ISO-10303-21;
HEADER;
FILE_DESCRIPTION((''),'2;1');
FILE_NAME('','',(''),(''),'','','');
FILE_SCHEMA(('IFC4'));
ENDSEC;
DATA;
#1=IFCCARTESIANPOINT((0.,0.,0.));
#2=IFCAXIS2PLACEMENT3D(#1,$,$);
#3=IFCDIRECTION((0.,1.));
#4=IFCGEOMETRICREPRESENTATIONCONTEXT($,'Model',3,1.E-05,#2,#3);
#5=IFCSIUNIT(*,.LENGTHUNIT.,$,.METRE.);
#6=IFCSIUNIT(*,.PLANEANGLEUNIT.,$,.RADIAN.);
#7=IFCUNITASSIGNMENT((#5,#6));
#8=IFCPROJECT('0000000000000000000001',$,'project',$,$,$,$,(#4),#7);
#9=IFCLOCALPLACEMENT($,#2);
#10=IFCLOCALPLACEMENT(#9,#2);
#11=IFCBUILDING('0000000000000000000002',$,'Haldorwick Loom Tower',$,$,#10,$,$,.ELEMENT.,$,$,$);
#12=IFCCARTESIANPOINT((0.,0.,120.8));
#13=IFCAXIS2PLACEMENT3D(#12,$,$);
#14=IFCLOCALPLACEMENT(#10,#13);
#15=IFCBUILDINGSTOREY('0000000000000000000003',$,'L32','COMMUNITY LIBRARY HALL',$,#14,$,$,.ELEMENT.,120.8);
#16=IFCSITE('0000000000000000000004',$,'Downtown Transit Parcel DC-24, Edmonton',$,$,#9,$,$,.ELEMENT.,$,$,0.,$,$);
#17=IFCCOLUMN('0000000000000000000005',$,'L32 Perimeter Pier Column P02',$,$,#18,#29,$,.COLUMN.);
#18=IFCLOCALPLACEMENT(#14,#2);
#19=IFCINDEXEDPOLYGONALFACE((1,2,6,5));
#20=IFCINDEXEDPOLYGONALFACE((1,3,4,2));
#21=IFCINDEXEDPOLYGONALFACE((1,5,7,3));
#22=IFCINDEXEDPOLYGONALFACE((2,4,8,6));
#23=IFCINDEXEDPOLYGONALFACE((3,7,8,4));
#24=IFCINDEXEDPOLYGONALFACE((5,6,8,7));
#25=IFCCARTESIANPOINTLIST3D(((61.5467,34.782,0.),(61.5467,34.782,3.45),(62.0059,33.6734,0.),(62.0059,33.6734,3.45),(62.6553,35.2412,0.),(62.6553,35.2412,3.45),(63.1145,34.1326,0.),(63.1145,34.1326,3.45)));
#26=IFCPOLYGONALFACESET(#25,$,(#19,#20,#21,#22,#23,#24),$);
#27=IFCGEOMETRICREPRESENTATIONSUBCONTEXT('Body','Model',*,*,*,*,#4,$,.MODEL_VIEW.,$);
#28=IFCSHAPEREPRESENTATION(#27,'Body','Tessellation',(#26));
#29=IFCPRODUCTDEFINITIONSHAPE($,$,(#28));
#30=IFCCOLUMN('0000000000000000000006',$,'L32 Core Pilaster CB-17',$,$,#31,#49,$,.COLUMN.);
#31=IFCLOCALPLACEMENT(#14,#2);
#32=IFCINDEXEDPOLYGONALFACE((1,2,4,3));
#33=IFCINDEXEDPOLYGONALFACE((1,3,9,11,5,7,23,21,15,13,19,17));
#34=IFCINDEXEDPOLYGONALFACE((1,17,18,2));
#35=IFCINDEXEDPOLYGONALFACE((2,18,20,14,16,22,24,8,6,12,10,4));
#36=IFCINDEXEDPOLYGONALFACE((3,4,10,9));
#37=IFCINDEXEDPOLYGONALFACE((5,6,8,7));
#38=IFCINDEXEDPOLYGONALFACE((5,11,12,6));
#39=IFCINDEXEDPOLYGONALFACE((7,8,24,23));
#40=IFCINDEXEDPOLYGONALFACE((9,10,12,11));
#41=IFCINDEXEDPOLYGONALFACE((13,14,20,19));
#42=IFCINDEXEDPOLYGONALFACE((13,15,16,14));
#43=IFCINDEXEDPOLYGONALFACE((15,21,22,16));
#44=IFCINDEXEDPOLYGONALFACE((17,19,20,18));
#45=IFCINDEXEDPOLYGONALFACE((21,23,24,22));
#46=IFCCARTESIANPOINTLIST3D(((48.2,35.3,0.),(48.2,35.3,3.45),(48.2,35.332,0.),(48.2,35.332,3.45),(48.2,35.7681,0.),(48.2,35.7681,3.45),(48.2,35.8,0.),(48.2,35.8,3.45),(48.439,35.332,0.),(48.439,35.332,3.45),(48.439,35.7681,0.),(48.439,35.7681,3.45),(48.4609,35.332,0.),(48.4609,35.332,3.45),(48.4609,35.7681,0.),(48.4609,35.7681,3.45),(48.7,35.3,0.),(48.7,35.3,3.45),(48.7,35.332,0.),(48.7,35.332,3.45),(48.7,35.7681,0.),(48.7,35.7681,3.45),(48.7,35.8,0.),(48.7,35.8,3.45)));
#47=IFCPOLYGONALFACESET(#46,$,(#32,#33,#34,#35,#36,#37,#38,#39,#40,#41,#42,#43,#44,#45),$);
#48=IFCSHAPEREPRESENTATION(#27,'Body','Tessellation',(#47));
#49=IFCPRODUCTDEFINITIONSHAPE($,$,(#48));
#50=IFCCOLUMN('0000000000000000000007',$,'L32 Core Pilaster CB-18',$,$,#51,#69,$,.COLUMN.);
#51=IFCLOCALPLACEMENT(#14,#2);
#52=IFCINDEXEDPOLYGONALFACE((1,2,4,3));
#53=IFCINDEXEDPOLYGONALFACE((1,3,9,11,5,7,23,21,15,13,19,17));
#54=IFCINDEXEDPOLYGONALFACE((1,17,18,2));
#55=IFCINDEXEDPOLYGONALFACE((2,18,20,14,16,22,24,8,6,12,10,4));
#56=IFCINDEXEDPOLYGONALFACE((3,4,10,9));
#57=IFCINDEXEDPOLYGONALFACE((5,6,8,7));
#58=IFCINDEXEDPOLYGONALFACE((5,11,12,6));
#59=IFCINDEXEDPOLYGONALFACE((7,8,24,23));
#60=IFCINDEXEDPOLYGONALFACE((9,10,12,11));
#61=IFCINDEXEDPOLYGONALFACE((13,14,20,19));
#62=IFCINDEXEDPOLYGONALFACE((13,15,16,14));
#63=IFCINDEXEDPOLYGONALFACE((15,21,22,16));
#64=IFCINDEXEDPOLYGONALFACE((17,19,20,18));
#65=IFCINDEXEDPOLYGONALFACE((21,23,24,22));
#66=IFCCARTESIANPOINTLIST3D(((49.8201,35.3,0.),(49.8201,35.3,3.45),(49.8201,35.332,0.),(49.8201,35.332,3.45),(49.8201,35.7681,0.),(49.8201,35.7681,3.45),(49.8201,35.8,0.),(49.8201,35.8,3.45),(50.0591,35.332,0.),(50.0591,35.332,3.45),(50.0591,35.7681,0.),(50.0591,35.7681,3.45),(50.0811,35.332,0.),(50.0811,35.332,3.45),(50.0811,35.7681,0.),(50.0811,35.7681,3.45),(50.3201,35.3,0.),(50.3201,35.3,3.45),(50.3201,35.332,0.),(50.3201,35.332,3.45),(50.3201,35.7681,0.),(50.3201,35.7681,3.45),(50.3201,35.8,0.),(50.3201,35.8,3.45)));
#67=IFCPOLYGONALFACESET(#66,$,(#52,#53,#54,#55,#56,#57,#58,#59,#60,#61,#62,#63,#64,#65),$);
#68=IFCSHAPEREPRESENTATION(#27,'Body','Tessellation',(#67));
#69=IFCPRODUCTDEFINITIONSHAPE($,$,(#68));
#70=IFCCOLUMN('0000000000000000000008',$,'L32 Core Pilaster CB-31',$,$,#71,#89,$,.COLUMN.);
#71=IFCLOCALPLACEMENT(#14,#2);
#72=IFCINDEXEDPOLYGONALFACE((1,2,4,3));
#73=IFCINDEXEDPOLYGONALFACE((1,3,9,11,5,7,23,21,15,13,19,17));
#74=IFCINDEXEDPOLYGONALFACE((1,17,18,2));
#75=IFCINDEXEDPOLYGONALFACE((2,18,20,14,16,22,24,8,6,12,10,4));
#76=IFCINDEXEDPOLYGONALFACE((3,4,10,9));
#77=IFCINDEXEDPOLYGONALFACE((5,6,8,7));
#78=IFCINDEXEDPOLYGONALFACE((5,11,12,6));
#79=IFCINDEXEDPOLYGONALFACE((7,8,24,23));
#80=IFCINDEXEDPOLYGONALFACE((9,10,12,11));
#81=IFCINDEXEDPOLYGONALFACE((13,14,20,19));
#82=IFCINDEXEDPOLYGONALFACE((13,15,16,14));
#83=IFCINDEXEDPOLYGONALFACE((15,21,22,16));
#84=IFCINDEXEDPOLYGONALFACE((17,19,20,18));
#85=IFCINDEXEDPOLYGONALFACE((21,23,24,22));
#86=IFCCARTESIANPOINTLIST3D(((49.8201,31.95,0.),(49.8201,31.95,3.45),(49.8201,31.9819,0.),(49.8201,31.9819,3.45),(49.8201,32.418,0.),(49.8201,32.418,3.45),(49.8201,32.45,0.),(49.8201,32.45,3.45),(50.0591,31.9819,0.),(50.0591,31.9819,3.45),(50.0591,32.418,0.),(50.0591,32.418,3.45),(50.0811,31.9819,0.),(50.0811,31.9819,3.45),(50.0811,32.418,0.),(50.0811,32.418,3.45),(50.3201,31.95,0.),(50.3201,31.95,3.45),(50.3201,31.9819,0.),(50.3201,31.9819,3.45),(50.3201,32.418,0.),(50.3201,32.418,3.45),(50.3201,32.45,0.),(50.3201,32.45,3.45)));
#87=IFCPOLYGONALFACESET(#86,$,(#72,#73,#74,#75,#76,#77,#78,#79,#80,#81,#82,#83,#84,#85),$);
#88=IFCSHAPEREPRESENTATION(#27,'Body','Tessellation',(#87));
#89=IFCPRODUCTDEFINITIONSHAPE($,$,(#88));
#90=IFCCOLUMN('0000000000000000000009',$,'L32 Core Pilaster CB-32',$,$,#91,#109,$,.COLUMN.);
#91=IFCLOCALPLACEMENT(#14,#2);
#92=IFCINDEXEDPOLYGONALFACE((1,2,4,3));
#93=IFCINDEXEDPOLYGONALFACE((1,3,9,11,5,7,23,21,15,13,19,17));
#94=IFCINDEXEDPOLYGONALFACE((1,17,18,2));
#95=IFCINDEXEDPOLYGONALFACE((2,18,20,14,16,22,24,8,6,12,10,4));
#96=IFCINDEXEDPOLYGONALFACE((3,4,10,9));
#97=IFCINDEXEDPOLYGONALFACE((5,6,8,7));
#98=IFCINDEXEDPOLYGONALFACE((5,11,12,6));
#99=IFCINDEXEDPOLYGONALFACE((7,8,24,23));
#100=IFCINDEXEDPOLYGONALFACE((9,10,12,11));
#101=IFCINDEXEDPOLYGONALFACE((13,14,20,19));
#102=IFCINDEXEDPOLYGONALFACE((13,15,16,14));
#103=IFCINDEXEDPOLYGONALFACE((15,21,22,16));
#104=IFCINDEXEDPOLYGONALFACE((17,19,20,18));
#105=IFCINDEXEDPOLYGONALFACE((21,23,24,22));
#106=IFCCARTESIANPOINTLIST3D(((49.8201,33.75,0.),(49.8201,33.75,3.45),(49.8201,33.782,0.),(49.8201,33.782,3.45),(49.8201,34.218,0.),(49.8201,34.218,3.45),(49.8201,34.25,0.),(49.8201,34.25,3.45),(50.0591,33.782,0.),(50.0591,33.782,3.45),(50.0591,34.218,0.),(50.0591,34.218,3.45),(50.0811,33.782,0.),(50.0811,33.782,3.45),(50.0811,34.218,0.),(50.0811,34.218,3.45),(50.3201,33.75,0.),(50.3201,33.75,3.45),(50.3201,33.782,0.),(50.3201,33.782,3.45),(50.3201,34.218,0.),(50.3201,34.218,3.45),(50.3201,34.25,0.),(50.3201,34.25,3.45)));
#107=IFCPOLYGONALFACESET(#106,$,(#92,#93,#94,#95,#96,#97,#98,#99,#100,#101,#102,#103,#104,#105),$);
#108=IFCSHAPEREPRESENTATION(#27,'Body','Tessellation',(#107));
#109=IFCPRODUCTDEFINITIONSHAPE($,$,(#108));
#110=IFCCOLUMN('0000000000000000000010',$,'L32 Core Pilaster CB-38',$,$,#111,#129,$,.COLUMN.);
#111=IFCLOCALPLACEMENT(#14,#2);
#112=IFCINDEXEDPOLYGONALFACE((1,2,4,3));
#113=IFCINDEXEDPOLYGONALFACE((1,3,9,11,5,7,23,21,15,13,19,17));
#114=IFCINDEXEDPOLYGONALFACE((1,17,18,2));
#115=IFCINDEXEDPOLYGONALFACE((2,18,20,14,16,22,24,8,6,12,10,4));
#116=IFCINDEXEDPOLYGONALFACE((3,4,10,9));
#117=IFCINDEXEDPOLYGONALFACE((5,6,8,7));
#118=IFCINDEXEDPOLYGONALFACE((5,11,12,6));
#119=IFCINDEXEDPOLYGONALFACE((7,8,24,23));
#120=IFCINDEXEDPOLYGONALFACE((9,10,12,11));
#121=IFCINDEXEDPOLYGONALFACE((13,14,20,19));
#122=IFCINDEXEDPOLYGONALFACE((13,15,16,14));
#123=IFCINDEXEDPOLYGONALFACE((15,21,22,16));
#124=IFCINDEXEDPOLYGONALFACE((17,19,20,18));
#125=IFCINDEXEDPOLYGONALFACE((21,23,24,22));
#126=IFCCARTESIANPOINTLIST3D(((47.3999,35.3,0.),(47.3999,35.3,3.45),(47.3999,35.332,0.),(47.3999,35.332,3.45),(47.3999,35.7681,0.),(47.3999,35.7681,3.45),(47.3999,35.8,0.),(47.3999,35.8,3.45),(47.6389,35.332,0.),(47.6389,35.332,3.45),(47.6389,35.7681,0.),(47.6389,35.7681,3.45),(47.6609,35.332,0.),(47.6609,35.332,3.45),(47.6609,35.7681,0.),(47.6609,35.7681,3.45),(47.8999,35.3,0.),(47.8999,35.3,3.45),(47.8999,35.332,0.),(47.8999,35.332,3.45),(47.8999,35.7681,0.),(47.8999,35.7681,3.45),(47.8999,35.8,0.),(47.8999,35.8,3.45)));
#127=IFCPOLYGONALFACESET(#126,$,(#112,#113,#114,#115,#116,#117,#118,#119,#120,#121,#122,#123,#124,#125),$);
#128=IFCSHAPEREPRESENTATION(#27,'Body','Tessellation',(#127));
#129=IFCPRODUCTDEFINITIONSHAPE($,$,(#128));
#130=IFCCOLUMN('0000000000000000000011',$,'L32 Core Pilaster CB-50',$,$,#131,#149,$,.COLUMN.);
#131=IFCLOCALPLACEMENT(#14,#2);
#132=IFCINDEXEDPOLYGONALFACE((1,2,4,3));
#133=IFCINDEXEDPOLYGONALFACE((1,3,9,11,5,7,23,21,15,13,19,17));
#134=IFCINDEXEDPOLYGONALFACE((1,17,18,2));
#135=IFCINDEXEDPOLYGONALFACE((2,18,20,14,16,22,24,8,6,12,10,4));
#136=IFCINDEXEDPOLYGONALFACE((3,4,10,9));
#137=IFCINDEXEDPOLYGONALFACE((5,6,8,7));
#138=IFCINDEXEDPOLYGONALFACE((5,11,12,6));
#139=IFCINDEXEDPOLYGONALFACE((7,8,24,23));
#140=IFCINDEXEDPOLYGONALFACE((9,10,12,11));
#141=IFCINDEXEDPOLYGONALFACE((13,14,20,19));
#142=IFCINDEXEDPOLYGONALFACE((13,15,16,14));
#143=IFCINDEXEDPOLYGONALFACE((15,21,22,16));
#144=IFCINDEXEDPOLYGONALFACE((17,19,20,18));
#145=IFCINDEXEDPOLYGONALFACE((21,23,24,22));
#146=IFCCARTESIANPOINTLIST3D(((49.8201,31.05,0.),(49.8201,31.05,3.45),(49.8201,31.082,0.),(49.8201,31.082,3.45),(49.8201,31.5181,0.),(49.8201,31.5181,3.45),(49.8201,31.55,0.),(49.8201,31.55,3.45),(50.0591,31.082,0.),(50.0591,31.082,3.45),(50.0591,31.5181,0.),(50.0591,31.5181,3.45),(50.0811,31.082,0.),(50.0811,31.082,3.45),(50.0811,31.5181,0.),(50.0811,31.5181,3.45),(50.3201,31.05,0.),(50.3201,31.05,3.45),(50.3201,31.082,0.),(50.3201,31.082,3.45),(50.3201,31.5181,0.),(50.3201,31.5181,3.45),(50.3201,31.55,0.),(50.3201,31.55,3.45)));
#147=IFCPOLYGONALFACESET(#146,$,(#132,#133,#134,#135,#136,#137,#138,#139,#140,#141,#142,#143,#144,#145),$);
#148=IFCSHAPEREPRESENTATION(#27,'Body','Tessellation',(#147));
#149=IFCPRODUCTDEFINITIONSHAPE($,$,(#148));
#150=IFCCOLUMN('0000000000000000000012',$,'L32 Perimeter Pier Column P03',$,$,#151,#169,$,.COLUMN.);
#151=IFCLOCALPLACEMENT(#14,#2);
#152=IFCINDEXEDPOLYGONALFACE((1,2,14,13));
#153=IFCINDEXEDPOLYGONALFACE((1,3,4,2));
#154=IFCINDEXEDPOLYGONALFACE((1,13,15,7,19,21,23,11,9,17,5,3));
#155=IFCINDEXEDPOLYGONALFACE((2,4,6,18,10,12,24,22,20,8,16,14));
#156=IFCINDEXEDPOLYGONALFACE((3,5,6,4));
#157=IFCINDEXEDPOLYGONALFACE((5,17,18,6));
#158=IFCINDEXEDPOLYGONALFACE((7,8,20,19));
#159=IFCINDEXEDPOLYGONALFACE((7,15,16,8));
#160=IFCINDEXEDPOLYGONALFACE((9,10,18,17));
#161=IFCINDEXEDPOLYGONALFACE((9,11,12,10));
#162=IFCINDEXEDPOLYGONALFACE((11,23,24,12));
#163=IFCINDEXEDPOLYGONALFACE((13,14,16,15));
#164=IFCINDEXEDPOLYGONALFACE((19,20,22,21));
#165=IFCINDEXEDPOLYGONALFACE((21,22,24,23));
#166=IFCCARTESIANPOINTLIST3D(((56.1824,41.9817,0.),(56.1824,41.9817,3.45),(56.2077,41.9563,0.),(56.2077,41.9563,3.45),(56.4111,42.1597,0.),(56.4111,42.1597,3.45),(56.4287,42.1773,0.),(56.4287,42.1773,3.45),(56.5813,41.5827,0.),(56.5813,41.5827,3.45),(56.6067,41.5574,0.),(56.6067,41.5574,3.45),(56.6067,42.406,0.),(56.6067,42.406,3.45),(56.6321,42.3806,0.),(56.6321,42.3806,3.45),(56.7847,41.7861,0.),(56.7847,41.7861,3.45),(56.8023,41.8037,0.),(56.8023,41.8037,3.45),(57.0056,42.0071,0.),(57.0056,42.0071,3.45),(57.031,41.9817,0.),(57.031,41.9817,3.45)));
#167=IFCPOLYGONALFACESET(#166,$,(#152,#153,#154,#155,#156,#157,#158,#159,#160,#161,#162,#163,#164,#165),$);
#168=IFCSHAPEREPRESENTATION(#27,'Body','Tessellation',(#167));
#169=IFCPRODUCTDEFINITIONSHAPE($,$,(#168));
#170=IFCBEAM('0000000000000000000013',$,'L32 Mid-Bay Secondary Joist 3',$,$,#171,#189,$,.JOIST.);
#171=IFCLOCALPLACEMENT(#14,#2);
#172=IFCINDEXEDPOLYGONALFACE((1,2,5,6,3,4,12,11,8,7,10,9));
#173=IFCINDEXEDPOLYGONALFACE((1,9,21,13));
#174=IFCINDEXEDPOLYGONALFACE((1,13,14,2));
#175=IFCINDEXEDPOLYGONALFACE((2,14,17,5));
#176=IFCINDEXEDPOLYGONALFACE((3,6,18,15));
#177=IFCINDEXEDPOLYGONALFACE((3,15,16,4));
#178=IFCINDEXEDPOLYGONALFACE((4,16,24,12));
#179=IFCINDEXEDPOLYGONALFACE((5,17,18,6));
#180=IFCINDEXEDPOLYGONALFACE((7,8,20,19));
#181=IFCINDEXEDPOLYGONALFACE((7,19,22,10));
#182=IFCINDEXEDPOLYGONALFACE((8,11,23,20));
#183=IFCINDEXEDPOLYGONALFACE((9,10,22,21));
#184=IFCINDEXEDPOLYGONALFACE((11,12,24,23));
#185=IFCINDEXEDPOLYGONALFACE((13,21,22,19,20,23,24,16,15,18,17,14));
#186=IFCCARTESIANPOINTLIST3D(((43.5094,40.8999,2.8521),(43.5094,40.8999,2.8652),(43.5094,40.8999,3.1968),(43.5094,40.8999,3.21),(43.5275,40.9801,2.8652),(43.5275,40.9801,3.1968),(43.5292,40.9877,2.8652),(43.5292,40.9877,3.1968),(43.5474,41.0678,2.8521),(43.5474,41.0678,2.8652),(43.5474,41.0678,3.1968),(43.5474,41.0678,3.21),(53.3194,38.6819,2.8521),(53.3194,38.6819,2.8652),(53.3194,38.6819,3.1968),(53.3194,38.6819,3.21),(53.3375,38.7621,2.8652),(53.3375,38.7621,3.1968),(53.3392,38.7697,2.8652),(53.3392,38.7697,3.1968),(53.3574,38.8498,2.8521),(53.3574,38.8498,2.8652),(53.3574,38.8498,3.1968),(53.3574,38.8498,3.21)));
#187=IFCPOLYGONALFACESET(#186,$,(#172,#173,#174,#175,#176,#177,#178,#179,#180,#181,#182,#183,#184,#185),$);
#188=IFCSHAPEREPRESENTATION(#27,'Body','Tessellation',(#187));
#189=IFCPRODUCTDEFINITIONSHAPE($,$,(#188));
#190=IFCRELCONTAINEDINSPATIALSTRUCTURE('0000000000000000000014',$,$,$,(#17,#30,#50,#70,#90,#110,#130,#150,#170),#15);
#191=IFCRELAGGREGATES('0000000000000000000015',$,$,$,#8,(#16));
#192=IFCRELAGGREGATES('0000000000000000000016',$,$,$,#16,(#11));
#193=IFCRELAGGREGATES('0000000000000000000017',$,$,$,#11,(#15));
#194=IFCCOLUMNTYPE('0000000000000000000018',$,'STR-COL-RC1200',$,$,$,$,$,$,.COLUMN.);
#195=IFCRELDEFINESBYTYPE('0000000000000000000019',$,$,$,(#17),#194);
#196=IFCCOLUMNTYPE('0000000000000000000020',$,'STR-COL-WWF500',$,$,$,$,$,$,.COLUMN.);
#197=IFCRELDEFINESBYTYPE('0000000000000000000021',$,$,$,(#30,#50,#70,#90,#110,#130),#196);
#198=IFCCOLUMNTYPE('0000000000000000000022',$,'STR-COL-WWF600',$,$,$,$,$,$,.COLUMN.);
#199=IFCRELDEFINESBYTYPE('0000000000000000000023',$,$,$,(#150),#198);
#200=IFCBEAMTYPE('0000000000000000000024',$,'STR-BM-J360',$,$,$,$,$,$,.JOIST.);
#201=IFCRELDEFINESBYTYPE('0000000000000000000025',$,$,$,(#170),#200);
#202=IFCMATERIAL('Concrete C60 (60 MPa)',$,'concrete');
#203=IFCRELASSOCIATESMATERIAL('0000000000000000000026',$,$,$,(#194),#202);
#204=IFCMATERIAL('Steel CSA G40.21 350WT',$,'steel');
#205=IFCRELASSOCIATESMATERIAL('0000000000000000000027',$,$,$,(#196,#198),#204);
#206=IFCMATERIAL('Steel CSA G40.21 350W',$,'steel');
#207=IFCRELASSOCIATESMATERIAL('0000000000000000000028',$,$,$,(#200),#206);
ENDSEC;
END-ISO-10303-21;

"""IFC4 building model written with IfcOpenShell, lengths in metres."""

from ifc_helpers import new_model, si_unit, direction, frame, origin, origin_2d, place, context, subcontext, project, spatial, rectangle, i_section, extrude, material, material_profile, profile_set, type_object, element, save


model = new_model("IFC4")

# Units and contexts
model_context = context("Model", 3, precision=1e-05, world=origin(), true_north=direction((0.0, 1.0)))
body_context = subcontext(model_context, "Body", "Model", "MODEL_VIEW")
ifc_project = project(units=[si_unit("LENGTHUNIT", "METRE"), si_unit("PLANEANGLEUNIT", "RADIAN")], contexts=[model_context])

# Site, building, storey
site_placement = place(None, origin())
site = spatial("IfcSite", under=ifc_project, at=site_placement, Name="Downtown Transit Parcel DC-24, Edmonton", CompositionType="ELEMENT", RefElevation=0.0)
building_placement = place(site_placement, origin())
building = spatial("IfcBuilding", under=site, at=building_placement, Name="Haldorwick Loom Tower", CompositionType="ELEMENT")
storey_placement = place(building_placement, frame((0.0, 0.0, 120.8)))
storey = spatial("IfcBuildingStorey", under=building, at=storey_placement, Name="L32", Description="COMMUNITY LIBRARY HALL", CompositionType="ELEMENT", Elevation=120.8)

# Columns
ifc_material_1 = material(Name="Concrete C60 (60 MPa)", Category="concrete")
ifc_material_profile_1 = material_profile(ifc_material_1, rectangle(XDim=1.2, YDim=1.2, at=origin_2d()), Name="RC1200X1200", Category="concrete")
ifc_profile_set_1 = profile_set([ifc_material_profile_1], Name="Concrete C60 (60 MPa)")
column_type_1 = type_object("IfcColumnType", Name="STR-COL-RC1200", PredefinedType="COLUMN", material=ifc_profile_set_1)
column_1_placement = place(storey_placement, frame((62.3306, 34.4573, 0.0), z_axis=(0.0, 0.0, 1.0), x_axis=(0.92388, 0.382683, 0.0)))
element("IfcColumn", 1, at=column_1_placement, inside=storey, type_object=column_type_1, Name="L32 Perimeter Pier Column P02", PredefinedType="COLUMN", context=body_context, shape_type="SweptSolid", body=[
    extrude(rectangle(XDim=1.2, YDim=1.2, at=origin_2d()), origin(), (0.0, 0.0, 1.0), 3.45),
])
ifc_material_2 = material(Name="Steel CSA G40.21 350WT", Category="steel")
ifc_material_profile_2 = material_profile(ifc_material_2, i_section(OverallWidth=0.5, OverallDepth=0.5, WebThickness=0.022, FlangeThickness=0.032, at=origin_2d()), Name="WWF500X500", Category="steel")
ifc_profile_set_2 = profile_set([ifc_material_profile_2], Name="Steel CSA G40.21 350WT")
column_type_2 = type_object("IfcColumnType", Name="STR-COL-WWF500", PredefinedType="COLUMN", material=ifc_profile_set_2)
for number, where, z_axis, x_axis, name in (
    (2, (48.45, 35.55, 0.0), (0.0, 0.0, 1.0), (1.0, 0.0, 0.0), "L32 Core Pilaster CB-17"),
    (3, (50.0701, 35.55, 0.0), (0.0, 0.0, 1.0), (1.0, 0.0, 0.0), "L32 Core Pilaster CB-18"),
    (4, (50.0701, 32.2, 0.0), (0.0, 0.0, 1.0), (1.0, 0.0, 0.0), "L32 Core Pilaster CB-31"),
    (5, (50.0701, 34.0, 0.0), (0.0, 0.0, 1.0), (1.0, 0.0, 0.0), "L32 Core Pilaster CB-32"),
    (6, (47.6499, 35.55, 0.0), (0.0, 0.0, 1.0), (1.0, 0.0, 0.0), "L32 Core Pilaster CB-38"),
    (7, (50.0701, 31.3, 0.0), (0.0, 0.0, 1.0), (1.0, 0.0, 0.0), "L32 Core Pilaster CB-50"),
):
    element("IfcColumn", number, at=place(storey_placement, frame(where, z_axis=z_axis, x_axis=x_axis)), inside=storey, type_object=column_type_2, Name=name, PredefinedType="COLUMN", context=body_context, shape_type="SweptSolid", body=[
        extrude(i_section(OverallWidth=0.5, OverallDepth=0.5, WebThickness=0.022, FlangeThickness=0.032, at=origin_2d()), origin(), (0.0, 0.0, 1.0), 3.45),
    ])
ifc_material_profile_3 = material_profile(ifc_material_2, i_section(OverallWidth=0.6001, OverallDepth=0.6001, WebThickness=0.0249, FlangeThickness=0.0359, at=origin_2d()), Name="WWF600X600", Category="steel")
ifc_profile_set_3 = profile_set([ifc_material_profile_3], Name="Steel CSA G40.21 350WT")
column_type_3 = type_object("IfcColumnType", Name="STR-COL-WWF600", PredefinedType="COLUMN", material=ifc_profile_set_3)
column_2_placement = place(storey_placement, frame((56.6067, 41.9817, 0.0), z_axis=(0.0, 0.0, 1.0), x_axis=(0.707107, 0.707107, 0.0)))
element("IfcColumn", 8, at=column_2_placement, inside=storey, type_object=column_type_3, Name="L32 Perimeter Pier Column P03", PredefinedType="COLUMN", context=body_context, shape_type="SweptSolid", body=[
    extrude(i_section(OverallWidth=0.6001, OverallDepth=0.6001, WebThickness=0.0249, FlangeThickness=0.0359, at=origin_2d()), origin(), (0.0, 0.0, 1.0), 3.45),
])

# Beam
ifc_material_3 = material(Name="Steel CSA G40.21 350W", Category="steel")
ifc_material_profile_4 = material_profile(ifc_material_3, i_section(OverallWidth=0.1721, OverallDepth=0.3579, WebThickness=0.0078, FlangeThickness=0.0132, at=origin_2d()), Name="W360X57", Category="steel")
ifc_profile_set_4 = profile_set([ifc_material_profile_4], Name="Steel CSA G40.21 350W")
beam_type_1 = type_object("IfcBeamType", Name="STR-BM-J360", PredefinedType="JOIST", material=ifc_profile_set_4)
beam_1_placement = place(storey_placement, frame((53.3384, 38.7659, 3.031), z_axis=(-0.97538, 0.22053, 0.0), x_axis=(-0.22053, -0.97538, 0.0)))
element("IfcBeam", 9, at=beam_1_placement, inside=storey, type_object=beam_type_1, Name="L32 Mid-Bay Secondary Joist 3", PredefinedType="JOIST", context=body_context, shape_type="SweptSolid", body=[
    extrude(i_section(OverallWidth=0.1721, OverallDepth=0.3579, WebThickness=0.0078, FlangeThickness=0.0132, at=origin_2d()), origin(), (0.0, 0.0, 1.0), 10.0576),
])

save(model, "model.ifc")
